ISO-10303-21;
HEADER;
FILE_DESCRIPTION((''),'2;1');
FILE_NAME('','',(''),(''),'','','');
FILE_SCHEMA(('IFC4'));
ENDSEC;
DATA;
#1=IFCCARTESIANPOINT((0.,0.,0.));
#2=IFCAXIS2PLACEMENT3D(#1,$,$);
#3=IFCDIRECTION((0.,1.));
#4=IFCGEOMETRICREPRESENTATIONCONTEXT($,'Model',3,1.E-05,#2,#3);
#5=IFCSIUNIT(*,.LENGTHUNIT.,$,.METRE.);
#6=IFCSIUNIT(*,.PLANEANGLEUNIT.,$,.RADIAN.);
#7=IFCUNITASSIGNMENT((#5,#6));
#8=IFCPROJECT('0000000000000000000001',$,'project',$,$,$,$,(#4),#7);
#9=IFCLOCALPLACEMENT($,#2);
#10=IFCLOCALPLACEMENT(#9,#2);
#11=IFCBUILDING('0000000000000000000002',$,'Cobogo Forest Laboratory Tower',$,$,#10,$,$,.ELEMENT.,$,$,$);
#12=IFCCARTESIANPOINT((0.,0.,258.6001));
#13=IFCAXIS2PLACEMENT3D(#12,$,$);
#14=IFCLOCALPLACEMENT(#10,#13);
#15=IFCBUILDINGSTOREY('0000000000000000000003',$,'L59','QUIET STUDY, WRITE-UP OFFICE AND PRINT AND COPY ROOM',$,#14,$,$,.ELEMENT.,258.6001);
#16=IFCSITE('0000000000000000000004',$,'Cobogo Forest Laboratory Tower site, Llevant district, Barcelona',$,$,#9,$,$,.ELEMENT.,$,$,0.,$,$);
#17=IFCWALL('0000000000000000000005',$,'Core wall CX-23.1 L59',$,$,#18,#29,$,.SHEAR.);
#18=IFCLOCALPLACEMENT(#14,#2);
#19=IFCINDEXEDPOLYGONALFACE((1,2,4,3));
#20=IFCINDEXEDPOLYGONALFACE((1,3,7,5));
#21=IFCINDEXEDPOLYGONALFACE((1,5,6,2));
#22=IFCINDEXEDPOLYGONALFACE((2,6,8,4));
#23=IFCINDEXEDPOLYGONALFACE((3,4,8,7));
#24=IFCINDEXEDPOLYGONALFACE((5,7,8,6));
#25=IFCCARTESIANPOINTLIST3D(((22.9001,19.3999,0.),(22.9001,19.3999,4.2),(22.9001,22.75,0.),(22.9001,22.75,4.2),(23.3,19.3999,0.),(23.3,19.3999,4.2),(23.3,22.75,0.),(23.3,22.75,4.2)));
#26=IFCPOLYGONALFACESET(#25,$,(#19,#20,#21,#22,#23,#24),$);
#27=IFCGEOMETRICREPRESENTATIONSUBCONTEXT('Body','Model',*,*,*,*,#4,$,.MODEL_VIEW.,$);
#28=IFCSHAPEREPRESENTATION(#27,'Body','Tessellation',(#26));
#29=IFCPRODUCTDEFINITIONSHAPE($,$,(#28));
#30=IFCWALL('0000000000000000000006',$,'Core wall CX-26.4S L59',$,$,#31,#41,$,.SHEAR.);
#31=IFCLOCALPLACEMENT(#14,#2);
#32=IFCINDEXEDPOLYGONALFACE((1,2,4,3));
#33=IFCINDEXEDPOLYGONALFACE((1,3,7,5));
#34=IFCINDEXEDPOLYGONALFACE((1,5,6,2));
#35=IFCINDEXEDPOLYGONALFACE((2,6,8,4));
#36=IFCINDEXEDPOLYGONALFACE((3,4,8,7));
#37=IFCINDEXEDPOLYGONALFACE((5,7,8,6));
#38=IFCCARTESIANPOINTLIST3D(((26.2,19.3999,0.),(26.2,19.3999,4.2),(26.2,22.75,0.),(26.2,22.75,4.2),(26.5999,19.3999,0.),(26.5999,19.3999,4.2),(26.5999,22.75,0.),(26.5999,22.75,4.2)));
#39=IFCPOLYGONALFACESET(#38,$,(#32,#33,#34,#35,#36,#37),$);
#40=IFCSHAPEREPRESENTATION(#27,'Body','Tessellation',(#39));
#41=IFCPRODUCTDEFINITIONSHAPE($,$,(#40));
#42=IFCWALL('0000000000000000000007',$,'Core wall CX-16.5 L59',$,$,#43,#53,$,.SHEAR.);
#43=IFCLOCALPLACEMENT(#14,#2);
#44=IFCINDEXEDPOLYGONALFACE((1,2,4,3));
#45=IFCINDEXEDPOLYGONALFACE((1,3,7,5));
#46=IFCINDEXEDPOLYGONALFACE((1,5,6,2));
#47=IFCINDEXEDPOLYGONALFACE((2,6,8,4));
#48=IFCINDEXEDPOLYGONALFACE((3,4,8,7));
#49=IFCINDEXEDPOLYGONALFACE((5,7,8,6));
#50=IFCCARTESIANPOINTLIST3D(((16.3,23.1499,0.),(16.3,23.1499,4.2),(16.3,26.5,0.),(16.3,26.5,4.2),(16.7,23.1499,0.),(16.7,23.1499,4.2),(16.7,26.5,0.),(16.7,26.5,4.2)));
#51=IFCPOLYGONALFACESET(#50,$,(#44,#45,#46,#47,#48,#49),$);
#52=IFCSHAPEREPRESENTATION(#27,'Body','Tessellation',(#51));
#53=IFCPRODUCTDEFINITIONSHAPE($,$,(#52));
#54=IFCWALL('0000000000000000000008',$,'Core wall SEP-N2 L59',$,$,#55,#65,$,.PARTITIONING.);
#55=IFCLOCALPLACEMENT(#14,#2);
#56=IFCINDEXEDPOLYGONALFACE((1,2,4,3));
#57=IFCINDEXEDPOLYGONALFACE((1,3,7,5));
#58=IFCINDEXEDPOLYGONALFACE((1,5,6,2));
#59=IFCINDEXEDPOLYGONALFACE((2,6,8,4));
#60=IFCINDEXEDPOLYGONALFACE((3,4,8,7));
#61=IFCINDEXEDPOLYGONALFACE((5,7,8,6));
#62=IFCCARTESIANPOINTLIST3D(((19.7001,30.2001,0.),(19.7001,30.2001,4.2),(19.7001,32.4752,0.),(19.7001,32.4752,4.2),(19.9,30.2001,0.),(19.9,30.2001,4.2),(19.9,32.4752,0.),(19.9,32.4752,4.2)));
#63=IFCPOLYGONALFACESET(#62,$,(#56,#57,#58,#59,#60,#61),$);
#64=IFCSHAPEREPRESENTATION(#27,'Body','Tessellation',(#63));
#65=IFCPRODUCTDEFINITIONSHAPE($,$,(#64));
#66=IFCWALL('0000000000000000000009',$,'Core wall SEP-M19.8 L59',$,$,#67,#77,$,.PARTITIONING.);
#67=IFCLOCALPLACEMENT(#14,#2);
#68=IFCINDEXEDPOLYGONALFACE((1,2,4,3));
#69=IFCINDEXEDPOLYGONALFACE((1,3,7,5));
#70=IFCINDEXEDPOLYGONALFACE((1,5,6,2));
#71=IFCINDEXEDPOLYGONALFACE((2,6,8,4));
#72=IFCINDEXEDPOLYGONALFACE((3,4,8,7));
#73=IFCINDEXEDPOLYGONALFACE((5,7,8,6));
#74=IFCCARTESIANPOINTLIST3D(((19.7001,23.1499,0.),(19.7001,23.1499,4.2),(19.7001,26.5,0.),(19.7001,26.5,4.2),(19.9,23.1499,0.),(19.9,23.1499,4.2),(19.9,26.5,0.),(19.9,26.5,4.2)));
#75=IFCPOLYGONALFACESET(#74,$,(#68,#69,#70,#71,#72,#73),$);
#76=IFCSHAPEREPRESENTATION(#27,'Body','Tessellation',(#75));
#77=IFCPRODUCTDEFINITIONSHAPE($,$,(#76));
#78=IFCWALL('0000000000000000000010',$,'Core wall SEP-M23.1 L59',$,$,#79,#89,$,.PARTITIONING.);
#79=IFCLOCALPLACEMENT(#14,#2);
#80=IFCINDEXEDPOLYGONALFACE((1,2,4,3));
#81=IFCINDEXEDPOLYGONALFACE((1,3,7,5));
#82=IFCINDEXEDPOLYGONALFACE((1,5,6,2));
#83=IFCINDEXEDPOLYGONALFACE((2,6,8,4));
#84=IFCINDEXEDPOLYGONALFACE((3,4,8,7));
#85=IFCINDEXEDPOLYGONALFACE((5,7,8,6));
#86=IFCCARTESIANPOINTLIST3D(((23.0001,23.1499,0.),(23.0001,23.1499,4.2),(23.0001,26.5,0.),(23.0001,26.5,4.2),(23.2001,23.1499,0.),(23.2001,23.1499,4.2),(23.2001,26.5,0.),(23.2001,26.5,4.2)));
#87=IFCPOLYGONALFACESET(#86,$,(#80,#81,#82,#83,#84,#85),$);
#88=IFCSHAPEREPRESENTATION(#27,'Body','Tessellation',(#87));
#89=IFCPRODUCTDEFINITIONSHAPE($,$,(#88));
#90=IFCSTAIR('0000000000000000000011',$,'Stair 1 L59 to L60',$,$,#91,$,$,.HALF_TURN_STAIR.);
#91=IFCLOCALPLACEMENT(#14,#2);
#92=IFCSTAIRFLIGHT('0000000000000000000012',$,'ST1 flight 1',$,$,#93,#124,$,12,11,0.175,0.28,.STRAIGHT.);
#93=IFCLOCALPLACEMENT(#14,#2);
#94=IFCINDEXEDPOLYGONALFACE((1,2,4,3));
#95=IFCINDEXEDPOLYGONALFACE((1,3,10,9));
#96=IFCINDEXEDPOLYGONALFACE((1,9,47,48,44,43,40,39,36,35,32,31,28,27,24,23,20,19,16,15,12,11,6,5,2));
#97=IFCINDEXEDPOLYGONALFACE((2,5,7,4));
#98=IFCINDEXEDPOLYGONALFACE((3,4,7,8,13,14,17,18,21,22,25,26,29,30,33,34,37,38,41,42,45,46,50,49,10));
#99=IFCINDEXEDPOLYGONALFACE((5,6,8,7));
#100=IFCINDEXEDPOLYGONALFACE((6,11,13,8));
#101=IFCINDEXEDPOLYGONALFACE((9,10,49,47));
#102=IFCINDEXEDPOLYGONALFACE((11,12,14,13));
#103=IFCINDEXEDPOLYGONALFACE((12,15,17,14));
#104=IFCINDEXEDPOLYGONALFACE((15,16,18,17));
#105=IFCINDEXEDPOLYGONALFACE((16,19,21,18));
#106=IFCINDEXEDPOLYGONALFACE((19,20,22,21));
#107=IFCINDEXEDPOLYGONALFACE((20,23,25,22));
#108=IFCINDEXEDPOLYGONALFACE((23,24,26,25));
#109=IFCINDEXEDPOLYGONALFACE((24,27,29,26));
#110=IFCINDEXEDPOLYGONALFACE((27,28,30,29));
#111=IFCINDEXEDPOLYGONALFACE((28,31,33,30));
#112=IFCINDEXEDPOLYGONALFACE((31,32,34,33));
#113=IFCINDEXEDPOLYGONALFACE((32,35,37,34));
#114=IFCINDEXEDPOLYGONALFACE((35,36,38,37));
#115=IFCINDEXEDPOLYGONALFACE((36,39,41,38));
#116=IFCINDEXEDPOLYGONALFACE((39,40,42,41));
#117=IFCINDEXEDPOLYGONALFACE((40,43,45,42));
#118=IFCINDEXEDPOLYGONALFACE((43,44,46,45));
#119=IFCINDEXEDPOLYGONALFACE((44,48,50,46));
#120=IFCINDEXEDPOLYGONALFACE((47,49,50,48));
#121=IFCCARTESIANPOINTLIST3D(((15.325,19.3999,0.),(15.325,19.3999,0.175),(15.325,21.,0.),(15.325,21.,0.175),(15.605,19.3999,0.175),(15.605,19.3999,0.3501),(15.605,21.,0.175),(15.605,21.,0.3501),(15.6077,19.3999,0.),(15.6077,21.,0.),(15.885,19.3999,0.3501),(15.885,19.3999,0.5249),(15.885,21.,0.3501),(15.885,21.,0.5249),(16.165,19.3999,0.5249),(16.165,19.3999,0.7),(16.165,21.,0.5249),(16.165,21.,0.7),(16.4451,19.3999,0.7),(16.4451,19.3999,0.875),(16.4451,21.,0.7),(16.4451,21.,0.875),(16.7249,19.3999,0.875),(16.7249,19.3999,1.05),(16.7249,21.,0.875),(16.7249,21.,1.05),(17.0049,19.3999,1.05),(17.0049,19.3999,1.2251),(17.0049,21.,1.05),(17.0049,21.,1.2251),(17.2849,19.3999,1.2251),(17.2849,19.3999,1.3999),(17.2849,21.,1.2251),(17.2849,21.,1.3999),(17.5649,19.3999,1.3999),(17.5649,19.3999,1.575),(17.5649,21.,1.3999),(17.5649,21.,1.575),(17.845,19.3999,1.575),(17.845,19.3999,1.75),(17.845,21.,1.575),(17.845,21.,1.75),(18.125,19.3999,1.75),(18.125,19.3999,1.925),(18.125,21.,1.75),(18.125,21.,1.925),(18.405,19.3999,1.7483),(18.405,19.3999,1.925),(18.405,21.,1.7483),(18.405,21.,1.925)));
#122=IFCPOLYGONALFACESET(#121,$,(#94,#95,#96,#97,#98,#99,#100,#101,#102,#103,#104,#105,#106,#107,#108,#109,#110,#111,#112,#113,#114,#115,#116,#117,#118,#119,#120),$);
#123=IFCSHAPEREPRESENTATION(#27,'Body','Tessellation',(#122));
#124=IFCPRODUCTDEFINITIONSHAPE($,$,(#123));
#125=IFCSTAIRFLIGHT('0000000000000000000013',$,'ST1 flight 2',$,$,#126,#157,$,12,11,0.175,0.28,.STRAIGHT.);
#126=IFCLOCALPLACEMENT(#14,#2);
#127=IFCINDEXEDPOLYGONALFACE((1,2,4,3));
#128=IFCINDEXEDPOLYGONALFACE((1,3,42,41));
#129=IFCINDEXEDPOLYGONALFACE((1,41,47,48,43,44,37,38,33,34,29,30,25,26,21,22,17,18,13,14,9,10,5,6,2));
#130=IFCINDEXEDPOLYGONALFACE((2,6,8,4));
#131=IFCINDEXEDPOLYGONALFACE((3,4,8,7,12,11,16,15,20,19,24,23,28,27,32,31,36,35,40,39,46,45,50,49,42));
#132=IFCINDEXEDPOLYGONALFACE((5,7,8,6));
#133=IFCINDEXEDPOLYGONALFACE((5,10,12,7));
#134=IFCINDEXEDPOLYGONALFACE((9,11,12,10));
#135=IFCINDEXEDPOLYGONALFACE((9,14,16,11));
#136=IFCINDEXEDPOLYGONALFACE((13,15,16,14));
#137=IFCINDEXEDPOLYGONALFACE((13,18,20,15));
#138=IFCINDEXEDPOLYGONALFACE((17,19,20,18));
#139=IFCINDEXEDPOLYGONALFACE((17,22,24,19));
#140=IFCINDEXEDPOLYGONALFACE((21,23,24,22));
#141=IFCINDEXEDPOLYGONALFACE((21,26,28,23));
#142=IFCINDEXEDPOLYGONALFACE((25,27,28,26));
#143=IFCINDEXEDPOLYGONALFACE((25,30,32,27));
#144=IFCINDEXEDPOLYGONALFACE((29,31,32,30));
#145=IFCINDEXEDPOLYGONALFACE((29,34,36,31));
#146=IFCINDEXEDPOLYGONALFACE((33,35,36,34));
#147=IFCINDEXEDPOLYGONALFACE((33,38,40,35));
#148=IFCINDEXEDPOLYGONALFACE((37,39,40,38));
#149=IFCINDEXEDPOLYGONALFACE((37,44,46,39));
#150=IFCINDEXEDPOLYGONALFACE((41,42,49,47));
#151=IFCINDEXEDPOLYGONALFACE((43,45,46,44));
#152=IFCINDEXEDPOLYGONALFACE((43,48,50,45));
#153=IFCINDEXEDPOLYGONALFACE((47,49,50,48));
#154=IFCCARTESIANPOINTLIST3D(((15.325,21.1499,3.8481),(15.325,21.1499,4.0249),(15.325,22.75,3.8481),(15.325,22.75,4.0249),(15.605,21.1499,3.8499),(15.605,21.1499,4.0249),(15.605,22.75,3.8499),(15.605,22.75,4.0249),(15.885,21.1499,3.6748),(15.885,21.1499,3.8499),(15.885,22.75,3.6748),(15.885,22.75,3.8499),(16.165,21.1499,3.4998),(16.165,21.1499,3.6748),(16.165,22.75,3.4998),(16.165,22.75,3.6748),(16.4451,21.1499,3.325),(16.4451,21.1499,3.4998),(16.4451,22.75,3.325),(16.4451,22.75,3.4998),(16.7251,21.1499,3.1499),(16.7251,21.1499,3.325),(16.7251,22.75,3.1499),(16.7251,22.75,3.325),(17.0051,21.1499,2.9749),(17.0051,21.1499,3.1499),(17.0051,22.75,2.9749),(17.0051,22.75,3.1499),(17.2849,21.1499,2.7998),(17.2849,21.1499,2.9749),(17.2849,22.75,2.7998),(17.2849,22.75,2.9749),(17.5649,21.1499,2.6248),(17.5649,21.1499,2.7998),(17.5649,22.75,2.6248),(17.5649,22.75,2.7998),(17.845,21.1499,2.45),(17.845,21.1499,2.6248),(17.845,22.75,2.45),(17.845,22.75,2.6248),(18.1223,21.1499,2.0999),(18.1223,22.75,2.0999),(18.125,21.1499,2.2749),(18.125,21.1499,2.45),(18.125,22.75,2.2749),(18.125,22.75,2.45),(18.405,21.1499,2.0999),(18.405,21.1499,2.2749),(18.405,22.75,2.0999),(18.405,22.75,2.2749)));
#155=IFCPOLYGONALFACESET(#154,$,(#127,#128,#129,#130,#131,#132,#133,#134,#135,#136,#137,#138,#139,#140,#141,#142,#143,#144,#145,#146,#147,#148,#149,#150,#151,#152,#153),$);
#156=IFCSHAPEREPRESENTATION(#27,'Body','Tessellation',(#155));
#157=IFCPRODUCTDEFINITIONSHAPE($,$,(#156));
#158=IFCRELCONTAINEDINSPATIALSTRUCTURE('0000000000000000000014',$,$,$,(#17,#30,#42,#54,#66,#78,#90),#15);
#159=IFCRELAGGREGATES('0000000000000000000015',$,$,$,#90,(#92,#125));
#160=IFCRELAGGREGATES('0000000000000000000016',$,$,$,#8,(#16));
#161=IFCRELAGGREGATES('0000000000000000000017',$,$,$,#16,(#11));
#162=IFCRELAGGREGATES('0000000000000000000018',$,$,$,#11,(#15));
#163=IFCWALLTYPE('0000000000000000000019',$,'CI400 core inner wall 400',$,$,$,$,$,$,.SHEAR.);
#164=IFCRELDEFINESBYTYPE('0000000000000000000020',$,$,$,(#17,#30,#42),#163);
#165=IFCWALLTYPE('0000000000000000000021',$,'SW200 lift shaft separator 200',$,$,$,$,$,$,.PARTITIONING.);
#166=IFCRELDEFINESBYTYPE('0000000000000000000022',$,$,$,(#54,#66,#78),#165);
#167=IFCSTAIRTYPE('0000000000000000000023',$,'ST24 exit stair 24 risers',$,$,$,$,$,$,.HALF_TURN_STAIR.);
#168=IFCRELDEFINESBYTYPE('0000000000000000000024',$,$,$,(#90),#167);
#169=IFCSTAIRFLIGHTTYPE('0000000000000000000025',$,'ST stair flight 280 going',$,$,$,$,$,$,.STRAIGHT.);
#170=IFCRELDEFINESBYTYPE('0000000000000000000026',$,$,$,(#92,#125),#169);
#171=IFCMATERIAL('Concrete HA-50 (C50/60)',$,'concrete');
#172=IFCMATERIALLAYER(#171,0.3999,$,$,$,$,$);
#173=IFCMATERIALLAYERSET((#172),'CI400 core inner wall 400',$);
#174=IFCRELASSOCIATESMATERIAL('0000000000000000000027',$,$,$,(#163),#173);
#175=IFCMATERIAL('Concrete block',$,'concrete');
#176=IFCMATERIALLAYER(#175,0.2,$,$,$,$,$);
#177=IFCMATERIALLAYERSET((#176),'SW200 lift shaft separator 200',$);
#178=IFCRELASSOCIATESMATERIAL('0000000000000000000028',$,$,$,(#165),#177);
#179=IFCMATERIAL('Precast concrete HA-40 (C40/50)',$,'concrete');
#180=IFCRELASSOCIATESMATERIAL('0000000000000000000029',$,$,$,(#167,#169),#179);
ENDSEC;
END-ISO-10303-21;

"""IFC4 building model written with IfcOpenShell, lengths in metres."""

from ifc_helpers import new_model, si_unit, direction, frame, frame_2d, origin, place, context, subcontext, project, spatial, polyline, rectangle, outline, extrude, material, layer, layer_set, type_object, element, aggregate, save


model = new_model("IFC4")

# Units and contexts
model_context = context("Model", 3, precision=1e-05, world=origin(), true_north=direction((0.0, 1.0)))
body_context = subcontext(model_context, "Body", "Model", "MODEL_VIEW")
ifc_project = project(units=[si_unit("LENGTHUNIT", "METRE"), si_unit("PLANEANGLEUNIT", "RADIAN")], contexts=[model_context])

# Site, building, storey
site_placement = place(None, origin())
site = spatial("IfcSite", under=ifc_project, at=site_placement, Name="Cobogo Forest Laboratory Tower site, Llevant district, Barcelona", CompositionType="ELEMENT", RefElevation=0.0)
building_placement = place(site_placement, origin())
building = spatial("IfcBuilding", under=site, at=building_placement, Name="Cobogo Forest Laboratory Tower", CompositionType="ELEMENT")
storey_placement = place(building_placement, frame((0.0, 0.0, 258.6001)))
storey = spatial("IfcBuildingStorey", under=building, at=storey_placement, Name="L59", Description="QUIET STUDY, WRITE-UP OFFICE AND PRINT AND COPY ROOM", CompositionType="ELEMENT", Elevation=258.6001)

# Shared definitions
ifc_material_1 = material(Name="Concrete HA-50 (C50/60)", Category="concrete")
ifc_layer_1 = layer(ifc_material_1, 0.3999)
ifc_layer_set_1 = layer_set([ifc_layer_1], Name="CI400 core inner wall 400")
wall_type_1 = type_object("IfcWallType", Name="CI400 core inner wall 400", PredefinedType="SHEAR", material=ifc_layer_set_1)

# Walls
for number, where, z_axis, x_axis, name in (
    (1, (23.1001, 19.3999, 0.0), (0.0, 0.0, 1.0), (0.0, 1.0, 0.0), "Core wall CX-23.1 L59"),
    (2, (26.3999, 19.3999, 0.0), (0.0, 0.0, 1.0), (0.0, 1.0, 0.0), "Core wall CX-26.4S L59"),
    (3, (16.5, 23.1499, 0.0), (0.0, 0.0, 1.0), (0.0, 1.0, 0.0), "Core wall CX-16.5 L59"),
):
    element("IfcWall", number, at=place(storey_placement, frame(where, z_axis=z_axis, x_axis=x_axis)), inside=storey, type_object=wall_type_1, Name=name, PredefinedType="SHEAR", context=body_context, shape_type="SweptSolid", body=[
        extrude(rectangle(XDim=3.3501, YDim=0.3999, at=frame_2d((1.675, 0.0))), origin(), (0.0, 0.0, 1.0), 4.2),
    ])
ifc_material_2 = material(Name="Concrete block", Category="concrete")
ifc_layer_2 = layer(ifc_material_2, 0.2)
ifc_layer_set_2 = layer_set([ifc_layer_2], Name="SW200 lift shaft separator 200")
wall_type_2 = type_object("IfcWallType", Name="SW200 lift shaft separator 200", PredefinedType="PARTITIONING", material=ifc_layer_set_2)
wall_1_placement = place(storey_placement, frame((19.8, 30.2, 0.0), z_axis=(0.0, 0.0, 1.0), x_axis=(0.0, 1.0, 0.0)))
element("IfcWall", 4, at=wall_1_placement, inside=storey, type_object=wall_type_2, Name="Core wall SEP-N2 L59", PredefinedType="PARTITIONING", context=body_context, shape_type="SweptSolid", body=[
    extrude(rectangle(XDim=2.2751, YDim=0.2, at=frame_2d((1.1377, 0.0))), origin(), (0.0, 0.0, 1.0), 4.2),
])
for number, where, z_axis, x_axis, name in (
    (5, (19.8, 23.1499, 0.0), (0.0, 0.0, 1.0), (0.0, 1.0, 0.0), "Core wall SEP-M19.8 L59"),
    (6, (23.1001, 23.1499, 0.0), (0.0, 0.0, 1.0), (0.0, 1.0, 0.0), "Core wall SEP-M23.1 L59"),
):
    element("IfcWall", number, at=place(storey_placement, frame(where, z_axis=z_axis, x_axis=x_axis)), inside=storey, type_object=wall_type_2, Name=name, PredefinedType="PARTITIONING", context=body_context, shape_type="SweptSolid", body=[
        extrude(rectangle(XDim=3.3501, YDim=0.2, at=frame_2d((1.675, 0.0))), origin(), (0.0, 0.0, 1.0), 4.2),
    ])

# Stair, stair flights
ifc_material_3 = material(Name="Precast concrete HA-40 (C40/50)", Category="concrete")
stair_type = type_object("IfcStairType", Name="ST24 exit stair 24 risers", PredefinedType="HALF_TURN_STAIR", material=ifc_material_3)
stair_placement = place(storey_placement, origin())
stair = element("IfcStair", 7, at=stair_placement, inside=storey, type_object=stair_type, Name="Stair 1 L59 to L60", PredefinedType="HALF_TURN_STAIR")
stair_flight_type = type_object("IfcStairFlightType", Name="ST stair flight 280 going", PredefinedType="STRAIGHT", material=ifc_material_3)
stair_flight_1_placement = place(storey_placement, frame((15.325, 20.2, 0.0), z_axis=(0.0, 0.0, 1.0), x_axis=(1.0, 0.0, 0.0)))
stair_flight_1 = element("IfcStairFlight", 8, at=stair_flight_1_placement, type_object=stair_flight_type, Name="ST1 flight 1", NumberOfRisers=12, NumberOfTreads=11, PredefinedType="STRAIGHT", RiserHeight=0.175, TreadLength=0.28, context=body_context, shape_type="SweptSolid", body=[
    extrude(outline(polyline([(0.0, 0.0), (0.0, 0.175), (0.28, 0.175), (0.28, 0.3501), (0.5601, 0.3501), (0.5601, 0.5249), (0.8401, 0.5249), (0.8401, 0.7), (1.1201, 0.7), (1.1201, 0.875), (1.3999, 0.875), (1.3999, 1.05), (1.6799, 1.05), (1.6799, 1.2251), (1.96, 1.2251), (1.96, 1.3999), (2.24, 1.3999), (2.24, 1.575), (2.52, 1.575), (2.52, 1.75), (2.8, 1.75), (2.8, 1.925), (3.0801, 1.925), (3.0801, 2.1001), (3.0801, 1.7483), (0.2827, 0.0), (0.0, 0.0)])), frame((0.0, 0.8, 0.0), z_axis=(0.0, -1.0, 0.0), x_axis=(1.0, 0.0, 0.0)), (0.0, 0.0, 1.0), 1.6001),
])
stair_flight_2_placement = place(storey_placement, frame((18.405, 21.95, 2.0999), z_axis=(0.0, 0.0, 1.0), x_axis=(-1.0, 0.0, 0.0)))
stair_flight_2 = element("IfcStairFlight", 9, at=stair_flight_2_placement, type_object=stair_flight_type, Name="ST1 flight 2", NumberOfRisers=12, NumberOfTreads=11, PredefinedType="STRAIGHT", RiserHeight=0.175, TreadLength=0.28, context=body_context, shape_type="SweptSolid", body=[
    extrude(outline(polyline([(0.0, 0.0), (0.0, 0.175), (0.28, 0.175), (0.28, 0.3501), (0.5601, 0.3501), (0.5601, 0.5249), (0.8401, 0.5249), (0.8401, 0.7), (1.1201, 0.7), (1.1201, 0.875), (1.3999, 0.875), (1.3999, 1.05), (1.6799, 1.05), (1.6799, 1.2251), (1.96, 1.2251), (1.96, 1.3999), (2.24, 1.3999), (2.24, 1.575), (2.52, 1.575), (2.52, 1.75), (2.8, 1.75), (2.8, 1.925), (3.0801, 1.925), (3.0801, 2.1001), (3.0801, 1.7483), (0.2827, 0.0), (0.0, 0.0)])), frame((0.0, 0.8, 0.0), z_axis=(0.0, -1.0, 0.0), x_axis=(1.0, 0.0, 0.0)), (0.0, 0.0, 1.0), 1.6001),
])
aggregate(stair, [stair_flight_1, stair_flight_2])

save(model, "model.ifc")
